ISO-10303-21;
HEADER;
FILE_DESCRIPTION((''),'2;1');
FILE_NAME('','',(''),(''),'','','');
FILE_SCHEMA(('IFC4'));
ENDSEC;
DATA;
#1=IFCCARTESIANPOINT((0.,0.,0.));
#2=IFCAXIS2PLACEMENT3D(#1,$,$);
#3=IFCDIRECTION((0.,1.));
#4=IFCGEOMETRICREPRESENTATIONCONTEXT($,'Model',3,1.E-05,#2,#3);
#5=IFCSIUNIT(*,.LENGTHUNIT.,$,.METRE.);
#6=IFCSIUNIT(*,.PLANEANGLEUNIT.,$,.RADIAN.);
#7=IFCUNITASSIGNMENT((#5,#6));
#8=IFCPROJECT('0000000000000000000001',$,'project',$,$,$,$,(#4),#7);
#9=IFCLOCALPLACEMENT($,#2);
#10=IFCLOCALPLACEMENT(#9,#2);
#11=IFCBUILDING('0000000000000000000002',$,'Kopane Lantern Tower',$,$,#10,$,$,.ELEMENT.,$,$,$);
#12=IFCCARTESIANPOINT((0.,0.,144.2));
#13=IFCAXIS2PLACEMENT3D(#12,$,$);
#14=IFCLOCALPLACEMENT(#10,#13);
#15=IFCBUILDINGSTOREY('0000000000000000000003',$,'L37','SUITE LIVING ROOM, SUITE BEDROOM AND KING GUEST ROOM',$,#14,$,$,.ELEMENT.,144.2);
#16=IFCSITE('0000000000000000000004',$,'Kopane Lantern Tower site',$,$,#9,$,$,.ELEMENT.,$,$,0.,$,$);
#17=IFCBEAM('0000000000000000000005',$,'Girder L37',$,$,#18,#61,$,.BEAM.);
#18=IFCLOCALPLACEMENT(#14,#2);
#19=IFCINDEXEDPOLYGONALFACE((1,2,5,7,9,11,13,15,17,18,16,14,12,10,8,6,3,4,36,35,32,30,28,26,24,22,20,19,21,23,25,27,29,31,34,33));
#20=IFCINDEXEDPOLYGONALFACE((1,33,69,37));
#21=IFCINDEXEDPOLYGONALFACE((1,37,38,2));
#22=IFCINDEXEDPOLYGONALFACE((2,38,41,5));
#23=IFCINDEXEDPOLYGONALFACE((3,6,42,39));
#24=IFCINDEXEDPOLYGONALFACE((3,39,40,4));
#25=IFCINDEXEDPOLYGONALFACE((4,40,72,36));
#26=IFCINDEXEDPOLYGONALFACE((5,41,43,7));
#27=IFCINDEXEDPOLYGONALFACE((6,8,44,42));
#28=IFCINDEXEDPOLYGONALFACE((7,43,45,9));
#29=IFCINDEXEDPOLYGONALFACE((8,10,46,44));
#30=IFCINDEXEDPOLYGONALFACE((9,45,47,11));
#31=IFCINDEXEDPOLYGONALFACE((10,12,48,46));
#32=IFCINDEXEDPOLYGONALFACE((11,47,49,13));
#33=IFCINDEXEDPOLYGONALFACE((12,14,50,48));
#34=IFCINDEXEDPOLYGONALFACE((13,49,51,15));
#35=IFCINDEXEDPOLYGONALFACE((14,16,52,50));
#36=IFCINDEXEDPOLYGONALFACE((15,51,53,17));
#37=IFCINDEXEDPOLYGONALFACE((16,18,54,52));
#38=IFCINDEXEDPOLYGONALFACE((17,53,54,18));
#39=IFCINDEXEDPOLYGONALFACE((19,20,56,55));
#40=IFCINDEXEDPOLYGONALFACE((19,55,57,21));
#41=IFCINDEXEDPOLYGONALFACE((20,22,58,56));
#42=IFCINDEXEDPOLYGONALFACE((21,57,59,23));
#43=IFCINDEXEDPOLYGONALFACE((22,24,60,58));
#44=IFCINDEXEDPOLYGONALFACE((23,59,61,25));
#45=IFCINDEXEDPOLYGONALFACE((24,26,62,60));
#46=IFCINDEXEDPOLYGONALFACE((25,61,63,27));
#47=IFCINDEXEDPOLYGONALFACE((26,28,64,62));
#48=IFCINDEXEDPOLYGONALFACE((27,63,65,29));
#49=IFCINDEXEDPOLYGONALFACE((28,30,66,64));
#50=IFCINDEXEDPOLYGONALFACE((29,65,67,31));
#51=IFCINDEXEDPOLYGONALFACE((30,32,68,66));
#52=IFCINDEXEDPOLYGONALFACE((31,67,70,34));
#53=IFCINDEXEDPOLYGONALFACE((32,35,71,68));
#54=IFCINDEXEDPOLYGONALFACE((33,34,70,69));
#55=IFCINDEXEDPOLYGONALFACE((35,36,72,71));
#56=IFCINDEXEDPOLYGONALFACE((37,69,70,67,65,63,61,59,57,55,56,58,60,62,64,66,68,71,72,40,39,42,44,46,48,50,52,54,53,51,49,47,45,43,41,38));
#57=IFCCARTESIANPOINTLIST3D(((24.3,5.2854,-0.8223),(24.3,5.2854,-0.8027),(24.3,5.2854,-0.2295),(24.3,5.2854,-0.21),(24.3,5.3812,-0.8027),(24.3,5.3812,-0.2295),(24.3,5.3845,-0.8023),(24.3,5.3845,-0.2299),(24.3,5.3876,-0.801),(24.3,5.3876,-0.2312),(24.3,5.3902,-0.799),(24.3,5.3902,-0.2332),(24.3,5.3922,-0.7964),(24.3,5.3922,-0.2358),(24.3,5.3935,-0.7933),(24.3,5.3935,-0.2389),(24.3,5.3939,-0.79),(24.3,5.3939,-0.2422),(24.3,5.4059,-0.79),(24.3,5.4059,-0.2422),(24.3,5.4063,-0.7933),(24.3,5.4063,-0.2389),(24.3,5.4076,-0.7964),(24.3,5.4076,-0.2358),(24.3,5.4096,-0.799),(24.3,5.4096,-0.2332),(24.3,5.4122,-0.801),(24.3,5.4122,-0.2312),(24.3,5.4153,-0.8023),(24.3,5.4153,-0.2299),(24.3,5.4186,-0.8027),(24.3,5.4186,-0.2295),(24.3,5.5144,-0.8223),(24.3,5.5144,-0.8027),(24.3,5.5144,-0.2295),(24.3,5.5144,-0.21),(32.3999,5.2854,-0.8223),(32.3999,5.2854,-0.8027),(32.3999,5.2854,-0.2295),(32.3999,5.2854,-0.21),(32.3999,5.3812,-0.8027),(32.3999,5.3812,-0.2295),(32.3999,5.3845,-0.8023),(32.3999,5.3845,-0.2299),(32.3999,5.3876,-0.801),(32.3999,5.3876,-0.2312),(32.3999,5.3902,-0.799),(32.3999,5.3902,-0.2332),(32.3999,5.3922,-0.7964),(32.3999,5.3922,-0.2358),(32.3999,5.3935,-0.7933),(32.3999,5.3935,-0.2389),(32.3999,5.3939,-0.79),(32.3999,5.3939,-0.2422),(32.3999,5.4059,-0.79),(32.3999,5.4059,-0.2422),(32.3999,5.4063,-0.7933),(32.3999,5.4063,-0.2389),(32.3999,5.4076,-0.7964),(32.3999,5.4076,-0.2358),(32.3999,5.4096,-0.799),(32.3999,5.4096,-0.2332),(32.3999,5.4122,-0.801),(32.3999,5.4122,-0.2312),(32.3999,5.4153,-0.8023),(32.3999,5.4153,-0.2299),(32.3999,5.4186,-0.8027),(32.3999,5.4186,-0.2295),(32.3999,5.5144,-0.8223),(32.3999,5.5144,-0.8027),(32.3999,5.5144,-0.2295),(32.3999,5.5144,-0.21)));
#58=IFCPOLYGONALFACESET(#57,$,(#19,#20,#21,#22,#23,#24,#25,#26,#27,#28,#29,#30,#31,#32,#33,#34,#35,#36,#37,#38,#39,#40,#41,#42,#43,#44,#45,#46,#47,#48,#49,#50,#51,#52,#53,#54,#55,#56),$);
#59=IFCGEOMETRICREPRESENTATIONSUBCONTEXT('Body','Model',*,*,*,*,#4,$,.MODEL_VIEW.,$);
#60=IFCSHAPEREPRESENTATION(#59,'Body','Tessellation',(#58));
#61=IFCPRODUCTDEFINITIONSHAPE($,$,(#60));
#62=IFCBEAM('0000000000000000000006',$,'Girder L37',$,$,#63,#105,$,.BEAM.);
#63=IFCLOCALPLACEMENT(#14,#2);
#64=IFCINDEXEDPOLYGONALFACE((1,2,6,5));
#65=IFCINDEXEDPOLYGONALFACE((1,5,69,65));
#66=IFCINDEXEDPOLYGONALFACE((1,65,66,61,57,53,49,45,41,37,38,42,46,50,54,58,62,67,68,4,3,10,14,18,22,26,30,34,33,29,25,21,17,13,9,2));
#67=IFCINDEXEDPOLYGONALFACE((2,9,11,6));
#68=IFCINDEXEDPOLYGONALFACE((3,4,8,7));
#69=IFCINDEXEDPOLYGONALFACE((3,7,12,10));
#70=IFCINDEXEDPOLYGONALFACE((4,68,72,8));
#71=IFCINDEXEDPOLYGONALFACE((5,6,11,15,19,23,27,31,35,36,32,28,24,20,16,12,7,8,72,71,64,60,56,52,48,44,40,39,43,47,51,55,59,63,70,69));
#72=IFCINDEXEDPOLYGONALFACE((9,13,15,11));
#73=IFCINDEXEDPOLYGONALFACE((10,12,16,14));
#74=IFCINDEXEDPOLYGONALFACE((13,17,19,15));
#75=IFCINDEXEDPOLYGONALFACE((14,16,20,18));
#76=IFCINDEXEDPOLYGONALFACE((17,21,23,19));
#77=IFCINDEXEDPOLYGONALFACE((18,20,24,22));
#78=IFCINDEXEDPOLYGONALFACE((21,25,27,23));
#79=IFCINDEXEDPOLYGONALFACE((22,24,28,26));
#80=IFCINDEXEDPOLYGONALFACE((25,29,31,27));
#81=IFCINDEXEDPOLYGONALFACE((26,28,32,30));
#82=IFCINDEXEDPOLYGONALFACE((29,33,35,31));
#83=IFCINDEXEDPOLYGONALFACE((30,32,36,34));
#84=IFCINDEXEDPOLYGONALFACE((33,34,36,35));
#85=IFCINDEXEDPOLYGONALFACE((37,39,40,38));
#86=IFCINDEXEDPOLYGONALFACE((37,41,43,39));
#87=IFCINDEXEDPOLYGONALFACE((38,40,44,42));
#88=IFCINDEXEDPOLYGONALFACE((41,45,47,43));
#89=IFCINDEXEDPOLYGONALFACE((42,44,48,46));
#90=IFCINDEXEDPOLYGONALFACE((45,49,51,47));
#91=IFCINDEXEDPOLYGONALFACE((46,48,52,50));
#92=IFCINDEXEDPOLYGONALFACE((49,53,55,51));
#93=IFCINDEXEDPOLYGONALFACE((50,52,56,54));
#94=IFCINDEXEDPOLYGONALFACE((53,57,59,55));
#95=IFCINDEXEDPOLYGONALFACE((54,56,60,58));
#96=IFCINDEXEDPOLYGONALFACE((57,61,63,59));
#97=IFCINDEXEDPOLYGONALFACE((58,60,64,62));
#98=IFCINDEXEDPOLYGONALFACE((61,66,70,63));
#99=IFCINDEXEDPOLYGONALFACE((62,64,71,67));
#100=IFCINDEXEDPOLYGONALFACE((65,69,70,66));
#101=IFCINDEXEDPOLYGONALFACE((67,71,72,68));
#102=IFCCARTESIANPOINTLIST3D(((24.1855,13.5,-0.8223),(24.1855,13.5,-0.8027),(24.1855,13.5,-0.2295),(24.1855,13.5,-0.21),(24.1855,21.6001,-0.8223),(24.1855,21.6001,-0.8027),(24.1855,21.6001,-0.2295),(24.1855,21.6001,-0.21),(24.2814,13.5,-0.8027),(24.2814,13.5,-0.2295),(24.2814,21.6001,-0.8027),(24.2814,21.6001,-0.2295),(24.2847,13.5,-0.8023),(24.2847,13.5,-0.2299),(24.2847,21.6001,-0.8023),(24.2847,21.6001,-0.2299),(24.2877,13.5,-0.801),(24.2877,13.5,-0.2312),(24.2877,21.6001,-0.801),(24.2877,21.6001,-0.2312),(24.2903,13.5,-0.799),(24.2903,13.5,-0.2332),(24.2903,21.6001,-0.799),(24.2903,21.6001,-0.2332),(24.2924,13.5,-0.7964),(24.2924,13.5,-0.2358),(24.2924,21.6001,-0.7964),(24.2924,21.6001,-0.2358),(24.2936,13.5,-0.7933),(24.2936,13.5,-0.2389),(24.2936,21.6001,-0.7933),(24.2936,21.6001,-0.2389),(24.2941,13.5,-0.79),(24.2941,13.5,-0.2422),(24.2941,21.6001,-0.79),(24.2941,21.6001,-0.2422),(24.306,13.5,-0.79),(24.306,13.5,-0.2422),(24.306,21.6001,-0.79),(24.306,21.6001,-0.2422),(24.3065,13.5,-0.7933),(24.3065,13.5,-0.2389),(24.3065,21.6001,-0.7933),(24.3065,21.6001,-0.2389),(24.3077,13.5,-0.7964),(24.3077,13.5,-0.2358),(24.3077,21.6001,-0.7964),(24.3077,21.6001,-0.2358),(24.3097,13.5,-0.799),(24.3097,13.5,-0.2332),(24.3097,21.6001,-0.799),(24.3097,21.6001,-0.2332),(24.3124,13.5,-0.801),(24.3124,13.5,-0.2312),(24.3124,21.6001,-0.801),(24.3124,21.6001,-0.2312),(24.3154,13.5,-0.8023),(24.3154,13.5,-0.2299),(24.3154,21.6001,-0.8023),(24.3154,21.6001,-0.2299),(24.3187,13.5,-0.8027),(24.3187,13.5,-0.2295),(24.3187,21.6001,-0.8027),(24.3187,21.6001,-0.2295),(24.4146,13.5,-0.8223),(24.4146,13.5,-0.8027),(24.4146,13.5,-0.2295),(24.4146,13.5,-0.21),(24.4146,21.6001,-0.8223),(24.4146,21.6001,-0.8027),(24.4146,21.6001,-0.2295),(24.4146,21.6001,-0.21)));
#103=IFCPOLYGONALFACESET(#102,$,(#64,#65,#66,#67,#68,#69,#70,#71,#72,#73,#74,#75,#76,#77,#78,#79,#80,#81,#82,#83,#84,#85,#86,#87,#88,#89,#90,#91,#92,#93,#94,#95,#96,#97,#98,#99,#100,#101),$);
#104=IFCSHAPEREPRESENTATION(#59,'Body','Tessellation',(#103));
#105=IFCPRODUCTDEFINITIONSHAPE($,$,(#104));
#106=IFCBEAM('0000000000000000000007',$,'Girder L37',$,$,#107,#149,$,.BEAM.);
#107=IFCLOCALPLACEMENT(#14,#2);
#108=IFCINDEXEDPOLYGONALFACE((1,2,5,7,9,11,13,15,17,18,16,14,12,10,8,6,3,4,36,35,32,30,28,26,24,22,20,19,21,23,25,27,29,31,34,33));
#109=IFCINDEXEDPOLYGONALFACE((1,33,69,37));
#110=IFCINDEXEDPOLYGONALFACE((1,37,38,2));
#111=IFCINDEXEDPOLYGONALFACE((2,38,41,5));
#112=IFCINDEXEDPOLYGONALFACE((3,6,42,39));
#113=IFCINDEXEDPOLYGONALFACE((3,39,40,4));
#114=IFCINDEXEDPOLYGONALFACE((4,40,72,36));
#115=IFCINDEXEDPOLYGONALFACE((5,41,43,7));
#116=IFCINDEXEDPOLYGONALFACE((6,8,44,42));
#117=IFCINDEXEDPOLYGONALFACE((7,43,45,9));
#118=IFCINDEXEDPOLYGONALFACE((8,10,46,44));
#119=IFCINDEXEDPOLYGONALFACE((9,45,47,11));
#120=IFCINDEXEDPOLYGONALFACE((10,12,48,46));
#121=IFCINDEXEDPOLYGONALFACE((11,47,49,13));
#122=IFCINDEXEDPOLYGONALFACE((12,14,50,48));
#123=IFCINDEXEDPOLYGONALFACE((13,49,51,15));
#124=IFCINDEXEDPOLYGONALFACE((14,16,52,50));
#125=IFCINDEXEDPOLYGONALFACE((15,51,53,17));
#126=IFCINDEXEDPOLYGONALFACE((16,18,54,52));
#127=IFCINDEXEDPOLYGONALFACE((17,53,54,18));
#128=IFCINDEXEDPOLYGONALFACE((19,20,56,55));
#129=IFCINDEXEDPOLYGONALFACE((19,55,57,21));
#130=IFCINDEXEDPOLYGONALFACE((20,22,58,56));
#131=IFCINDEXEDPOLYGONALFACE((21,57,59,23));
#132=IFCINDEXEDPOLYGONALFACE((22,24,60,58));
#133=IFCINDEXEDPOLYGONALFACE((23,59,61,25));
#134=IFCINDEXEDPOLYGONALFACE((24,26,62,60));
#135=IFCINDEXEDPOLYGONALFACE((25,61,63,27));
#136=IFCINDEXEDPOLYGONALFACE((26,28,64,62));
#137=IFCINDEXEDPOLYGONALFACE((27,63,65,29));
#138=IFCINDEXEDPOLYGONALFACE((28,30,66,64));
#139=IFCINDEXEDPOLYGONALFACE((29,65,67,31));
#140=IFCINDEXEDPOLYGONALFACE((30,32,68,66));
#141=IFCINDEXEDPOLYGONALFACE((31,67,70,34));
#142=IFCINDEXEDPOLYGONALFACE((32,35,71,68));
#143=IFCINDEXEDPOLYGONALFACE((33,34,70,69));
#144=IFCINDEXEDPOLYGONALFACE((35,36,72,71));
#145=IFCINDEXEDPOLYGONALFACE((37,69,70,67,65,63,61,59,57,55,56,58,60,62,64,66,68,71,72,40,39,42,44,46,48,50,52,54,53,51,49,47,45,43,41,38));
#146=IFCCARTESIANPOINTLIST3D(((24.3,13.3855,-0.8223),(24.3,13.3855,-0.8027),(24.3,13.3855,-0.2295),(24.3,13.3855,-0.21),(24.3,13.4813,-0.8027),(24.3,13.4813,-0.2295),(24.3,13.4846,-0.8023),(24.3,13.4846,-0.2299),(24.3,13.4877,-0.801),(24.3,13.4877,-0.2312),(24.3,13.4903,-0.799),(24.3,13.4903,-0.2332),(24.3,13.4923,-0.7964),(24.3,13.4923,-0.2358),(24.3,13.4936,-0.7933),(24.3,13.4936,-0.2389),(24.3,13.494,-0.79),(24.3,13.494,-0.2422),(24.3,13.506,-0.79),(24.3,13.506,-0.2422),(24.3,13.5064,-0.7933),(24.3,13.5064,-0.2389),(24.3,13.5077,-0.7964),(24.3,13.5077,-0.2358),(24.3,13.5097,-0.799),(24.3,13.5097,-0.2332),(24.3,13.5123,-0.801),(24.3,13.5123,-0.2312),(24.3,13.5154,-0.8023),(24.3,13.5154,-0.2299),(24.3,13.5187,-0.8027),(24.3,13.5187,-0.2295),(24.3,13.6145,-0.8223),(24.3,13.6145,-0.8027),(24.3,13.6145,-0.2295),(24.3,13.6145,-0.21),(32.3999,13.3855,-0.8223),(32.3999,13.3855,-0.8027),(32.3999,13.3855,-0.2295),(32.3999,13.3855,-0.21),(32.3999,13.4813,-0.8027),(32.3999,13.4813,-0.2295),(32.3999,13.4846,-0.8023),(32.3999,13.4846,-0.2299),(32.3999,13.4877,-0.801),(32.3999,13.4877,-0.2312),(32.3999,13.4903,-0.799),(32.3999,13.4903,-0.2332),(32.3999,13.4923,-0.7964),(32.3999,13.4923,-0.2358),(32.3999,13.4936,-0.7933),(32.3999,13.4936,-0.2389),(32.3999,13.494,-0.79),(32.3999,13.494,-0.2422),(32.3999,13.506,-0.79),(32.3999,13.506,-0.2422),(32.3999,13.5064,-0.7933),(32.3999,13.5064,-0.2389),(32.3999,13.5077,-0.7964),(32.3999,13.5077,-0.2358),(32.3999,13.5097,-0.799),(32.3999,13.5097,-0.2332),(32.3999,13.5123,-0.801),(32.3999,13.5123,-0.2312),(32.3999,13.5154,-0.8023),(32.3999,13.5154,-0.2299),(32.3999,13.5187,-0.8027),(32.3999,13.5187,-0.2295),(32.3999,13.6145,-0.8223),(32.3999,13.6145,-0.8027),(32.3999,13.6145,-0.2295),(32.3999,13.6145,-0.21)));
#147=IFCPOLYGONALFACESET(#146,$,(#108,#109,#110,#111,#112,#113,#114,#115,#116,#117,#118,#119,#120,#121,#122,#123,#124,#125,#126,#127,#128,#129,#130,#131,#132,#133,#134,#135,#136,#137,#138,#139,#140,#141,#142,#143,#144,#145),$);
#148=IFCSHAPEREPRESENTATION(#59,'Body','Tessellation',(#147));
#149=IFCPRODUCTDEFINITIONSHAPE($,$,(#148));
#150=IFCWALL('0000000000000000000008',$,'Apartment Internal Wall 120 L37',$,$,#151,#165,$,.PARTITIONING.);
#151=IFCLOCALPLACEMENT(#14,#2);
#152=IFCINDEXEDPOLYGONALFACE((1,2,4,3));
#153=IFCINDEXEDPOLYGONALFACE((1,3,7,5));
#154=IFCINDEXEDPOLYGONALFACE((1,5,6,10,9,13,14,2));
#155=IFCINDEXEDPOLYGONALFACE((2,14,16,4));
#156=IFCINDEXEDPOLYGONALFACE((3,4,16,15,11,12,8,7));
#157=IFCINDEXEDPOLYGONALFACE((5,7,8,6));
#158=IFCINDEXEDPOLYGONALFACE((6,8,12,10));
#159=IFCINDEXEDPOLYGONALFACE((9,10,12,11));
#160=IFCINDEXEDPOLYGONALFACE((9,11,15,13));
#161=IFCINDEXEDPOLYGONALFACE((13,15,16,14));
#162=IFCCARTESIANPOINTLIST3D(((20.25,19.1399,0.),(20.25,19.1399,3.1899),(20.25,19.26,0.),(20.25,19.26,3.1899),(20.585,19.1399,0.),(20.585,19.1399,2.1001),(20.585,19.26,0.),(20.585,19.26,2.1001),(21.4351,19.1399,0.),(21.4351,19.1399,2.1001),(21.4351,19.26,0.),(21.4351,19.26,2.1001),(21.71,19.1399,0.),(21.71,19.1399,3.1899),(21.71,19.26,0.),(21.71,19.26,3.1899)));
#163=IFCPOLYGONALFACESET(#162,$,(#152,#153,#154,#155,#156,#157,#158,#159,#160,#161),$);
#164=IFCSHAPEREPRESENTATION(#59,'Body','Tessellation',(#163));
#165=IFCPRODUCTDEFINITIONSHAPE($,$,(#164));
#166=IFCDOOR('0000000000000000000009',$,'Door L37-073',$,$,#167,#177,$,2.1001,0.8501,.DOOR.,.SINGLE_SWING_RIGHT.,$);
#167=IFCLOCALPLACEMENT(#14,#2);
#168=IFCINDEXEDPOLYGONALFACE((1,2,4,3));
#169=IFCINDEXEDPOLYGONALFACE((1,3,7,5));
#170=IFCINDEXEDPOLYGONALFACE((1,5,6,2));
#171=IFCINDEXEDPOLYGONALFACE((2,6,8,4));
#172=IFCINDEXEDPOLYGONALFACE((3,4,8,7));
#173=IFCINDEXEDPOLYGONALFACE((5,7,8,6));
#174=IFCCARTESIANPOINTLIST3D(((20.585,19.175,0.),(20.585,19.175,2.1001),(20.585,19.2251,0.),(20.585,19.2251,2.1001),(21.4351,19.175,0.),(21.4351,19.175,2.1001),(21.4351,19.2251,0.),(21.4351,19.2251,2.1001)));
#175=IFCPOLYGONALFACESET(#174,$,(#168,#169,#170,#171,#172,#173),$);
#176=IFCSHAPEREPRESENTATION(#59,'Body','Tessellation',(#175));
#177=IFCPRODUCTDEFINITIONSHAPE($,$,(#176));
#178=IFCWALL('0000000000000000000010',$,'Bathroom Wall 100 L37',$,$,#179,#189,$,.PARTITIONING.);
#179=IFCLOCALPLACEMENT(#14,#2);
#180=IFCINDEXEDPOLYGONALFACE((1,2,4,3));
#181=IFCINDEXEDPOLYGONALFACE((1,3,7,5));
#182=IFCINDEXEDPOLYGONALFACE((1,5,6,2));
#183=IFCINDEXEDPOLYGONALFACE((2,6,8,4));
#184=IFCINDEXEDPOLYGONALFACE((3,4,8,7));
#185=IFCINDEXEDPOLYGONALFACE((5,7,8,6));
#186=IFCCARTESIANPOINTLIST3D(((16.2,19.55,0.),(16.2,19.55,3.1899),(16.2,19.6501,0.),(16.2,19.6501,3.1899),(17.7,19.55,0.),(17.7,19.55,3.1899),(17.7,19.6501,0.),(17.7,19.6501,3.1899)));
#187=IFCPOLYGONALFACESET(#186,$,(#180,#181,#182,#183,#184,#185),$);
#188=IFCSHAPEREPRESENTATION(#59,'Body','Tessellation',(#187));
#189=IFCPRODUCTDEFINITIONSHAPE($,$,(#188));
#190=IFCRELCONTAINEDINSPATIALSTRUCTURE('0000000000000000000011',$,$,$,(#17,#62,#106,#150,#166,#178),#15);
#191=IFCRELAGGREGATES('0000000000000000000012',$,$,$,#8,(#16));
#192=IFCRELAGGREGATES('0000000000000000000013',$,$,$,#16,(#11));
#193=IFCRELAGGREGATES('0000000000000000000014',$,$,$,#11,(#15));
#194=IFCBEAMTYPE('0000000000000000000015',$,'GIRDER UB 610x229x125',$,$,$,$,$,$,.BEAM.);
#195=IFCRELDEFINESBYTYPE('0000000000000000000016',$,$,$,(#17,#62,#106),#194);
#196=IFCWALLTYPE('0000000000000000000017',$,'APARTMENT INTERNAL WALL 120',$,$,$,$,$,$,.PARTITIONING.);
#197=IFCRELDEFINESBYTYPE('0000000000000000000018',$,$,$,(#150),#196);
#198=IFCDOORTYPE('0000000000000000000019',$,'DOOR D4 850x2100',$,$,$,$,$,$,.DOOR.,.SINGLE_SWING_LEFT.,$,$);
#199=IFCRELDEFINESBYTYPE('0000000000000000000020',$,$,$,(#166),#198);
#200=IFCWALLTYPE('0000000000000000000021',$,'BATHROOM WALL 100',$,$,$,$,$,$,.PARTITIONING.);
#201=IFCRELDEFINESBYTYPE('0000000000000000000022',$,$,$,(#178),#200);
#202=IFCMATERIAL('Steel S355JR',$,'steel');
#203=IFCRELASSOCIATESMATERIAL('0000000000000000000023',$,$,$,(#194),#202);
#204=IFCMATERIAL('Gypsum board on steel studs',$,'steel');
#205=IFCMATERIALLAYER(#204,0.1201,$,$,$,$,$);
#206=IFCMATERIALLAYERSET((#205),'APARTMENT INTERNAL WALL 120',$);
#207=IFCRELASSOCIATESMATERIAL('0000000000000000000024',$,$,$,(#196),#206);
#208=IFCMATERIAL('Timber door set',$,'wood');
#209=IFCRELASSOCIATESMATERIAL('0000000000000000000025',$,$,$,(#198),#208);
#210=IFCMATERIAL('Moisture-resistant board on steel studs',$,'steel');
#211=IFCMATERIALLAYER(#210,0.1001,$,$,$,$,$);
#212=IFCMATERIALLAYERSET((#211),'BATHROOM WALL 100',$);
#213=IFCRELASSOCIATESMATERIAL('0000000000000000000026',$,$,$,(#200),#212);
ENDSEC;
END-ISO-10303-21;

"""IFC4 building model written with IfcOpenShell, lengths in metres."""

from ifc_helpers import new_model, si_unit, direction, frame, frame_2d, origin, origin_2d, place, context, subcontext, project, spatial, rectangle, i_section, extrude, material, layer, layer_set, material_profile, profile_set, type_object, element, fill, save


model = new_model("IFC4")

# Units and contexts
model_context = context("Model", 3, precision=1e-05, world=origin(), true_north=direction((0.0, 1.0)))
body_context = subcontext(model_context, "Body", "Model", "MODEL_VIEW")
ifc_project = project(units=[si_unit("LENGTHUNIT", "METRE"), si_unit("PLANEANGLEUNIT", "RADIAN")], contexts=[model_context])

# Site, building, storey
site_placement = place(None, origin())
site = spatial("IfcSite", under=ifc_project, at=site_placement, Name="Kopane Lantern Tower site", CompositionType="ELEMENT", RefElevation=0.0)
building_placement = place(site_placement, origin())
building = spatial("IfcBuilding", under=site, at=building_placement, Name="Kopane Lantern Tower", CompositionType="ELEMENT")
storey_placement = place(building_placement, frame((0.0, 0.0, 144.2)))
storey = spatial("IfcBuildingStorey", under=building, at=storey_placement, Name="L37", Description="SUITE LIVING ROOM, SUITE BEDROOM AND KING GUEST ROOM", CompositionType="ELEMENT", Elevation=144.2)

# Beams
ifc_material_1 = material(Name="Steel S355JR", Category="steel")
ifc_material_profile_1 = material_profile(ifc_material_1, i_section(OverallWidth=0.229, OverallDepth=0.6123, WebThickness=0.012, FlangeThickness=0.0195, FilletRadius=0.0127, at=origin_2d()), Name="UB 610x229x125")
ifc_profile_set_1 = profile_set([ifc_material_profile_1], Name="Steel S355JR")
beam_type = type_object("IfcBeamType", Name="GIRDER UB 610x229x125", PredefinedType="BEAM", material=ifc_profile_set_1)
beam_1_placement = place(storey_placement, frame((24.3, 5.3999, -0.5161), z_axis=(1.0, 0.0, 0.0), x_axis=(0.0, 1.0, 0.0)))
element("IfcBeam", 1, at=beam_1_placement, inside=storey, type_object=beam_type, Name="Girder L37", PredefinedType="BEAM", context=body_context, shape_type="SweptSolid", body=[
    extrude(i_section(OverallWidth=0.229, OverallDepth=0.6123, WebThickness=0.012, FlangeThickness=0.0195, FilletRadius=0.0127, at=origin_2d()), origin(), (0.0, 0.0, 1.0), 8.0999),
])
beam_2_placement = place(storey_placement, frame((24.3, 13.5, -0.5161), z_axis=(0.0, 1.0, 0.0), x_axis=(-1.0, 0.0, 0.0)))
element("IfcBeam", 2, at=beam_2_placement, inside=storey, type_object=beam_type, Name="Girder L37", PredefinedType="BEAM", context=body_context, shape_type="SweptSolid", body=[
    extrude(i_section(OverallWidth=0.229, OverallDepth=0.6123, WebThickness=0.012, FlangeThickness=0.0195, FilletRadius=0.0127, at=origin_2d()), origin(), (0.0, 0.0, 1.0), 8.1001),
])
beam_3_placement = place(storey_placement, frame((24.3, 13.5, -0.5161), z_axis=(1.0, 0.0, 0.0), x_axis=(0.0, 1.0, 0.0)))
element("IfcBeam", 3, at=beam_3_placement, inside=storey, type_object=beam_type, Name="Girder L37", PredefinedType="BEAM", context=body_context, shape_type="SweptSolid", body=[
    extrude(i_section(OverallWidth=0.229, OverallDepth=0.6123, WebThickness=0.012, FlangeThickness=0.0195, FilletRadius=0.0127, at=origin_2d()), origin(), (0.0, 0.0, 1.0), 8.0999),
])

# Wall, opening, door
ifc_material_2 = material(Name="Gypsum board on steel studs", Category="steel")
ifc_layer_1 = layer(ifc_material_2, 0.1201)
ifc_layer_set_1 = layer_set([ifc_layer_1], Name="APARTMENT INTERNAL WALL 120")
wall_type_1 = type_object("IfcWallType", Name="APARTMENT INTERNAL WALL 120", PredefinedType="PARTITIONING", material=ifc_layer_set_1)
wall_1_placement = place(storey_placement, frame((21.71, 19.2, 0.0), z_axis=(0.0, 0.0, 1.0), x_axis=(-1.0, 0.0, 0.0)))
wall_1 = element("IfcWall", 4, at=wall_1_placement, inside=storey, type_object=wall_type_1, Name="Apartment Internal Wall 120 L37", PredefinedType="PARTITIONING", context=body_context, shape_type="SweptSolid", body=[
    extrude(rectangle(XDim=1.46, YDim=0.1201, at=frame_2d((0.73, 0.0))), origin(), (0.0, 0.0, 1.0), 3.1899),
])
opening_placement = place(wall_1_placement, frame((0.2749, 0.0, 0.0)))
opening = element("IfcOpeningElement", 5, at=opening_placement, cuts=wall_1, PredefinedType="OPENING", context=body_context, shape_type="SweptSolid", body=[
    extrude(rectangle(XDim=0.8501, YDim=2.1001, at=frame_2d((0.425, 1.05))), frame((0.0, 0.0701, 0.0), z_axis=(0.0, -1.0, 0.0), x_axis=(1.0, 0.0, 0.0)), (0.0, 0.0, 1.0), 0.1401),
])
ifc_material_3 = material(Name="Timber door set", Category="wood")
door_type = type_object("IfcDoorType", Name="DOOR D4 850x2100", OperationType="SINGLE_SWING_LEFT", PredefinedType="DOOR", material=ifc_material_3)
door_placement = place(opening_placement, origin())
door = element("IfcDoor", 6, at=door_placement, inside=storey, type_object=door_type, Name="Door L37-073", OperationType="SINGLE_SWING_RIGHT", OverallHeight=2.1001, OverallWidth=0.8501, PredefinedType="DOOR", context=body_context, shape_type="SweptSolid", body=[
    extrude(rectangle(XDim=0.8501, YDim=2.1001, at=frame_2d((0.425, 1.05))), frame((0.0, 0.0249, 0.0), z_axis=(0.0, -1.0, 0.0), x_axis=(1.0, 0.0, 0.0)), (0.0, 0.0, 1.0), 0.05),
])
fill(opening, door)

# Wall
ifc_material_4 = material(Name="Moisture-resistant board on steel studs", Category="steel")
ifc_layer_2 = layer(ifc_material_4, 0.1001)
ifc_layer_set_2 = layer_set([ifc_layer_2], Name="BATHROOM WALL 100")
wall_type_2 = type_object("IfcWallType", Name="BATHROOM WALL 100", PredefinedType="PARTITIONING", material=ifc_layer_set_2)
wall_2_placement = place(storey_placement, frame((16.2, 19.6001, 0.0), z_axis=(0.0, 0.0, 1.0), x_axis=(1.0, 0.0, 0.0)))
element("IfcWall", 7, at=wall_2_placement, inside=storey, type_object=wall_type_2, Name="Bathroom Wall 100 L37", PredefinedType="PARTITIONING", context=body_context, shape_type="SweptSolid", body=[
    extrude(rectangle(XDim=1.5, YDim=0.1001, at=frame_2d((0.75, 0.0))), origin(), (0.0, 0.0, 1.0), 3.1899),
])

save(model, "model.ifc")
